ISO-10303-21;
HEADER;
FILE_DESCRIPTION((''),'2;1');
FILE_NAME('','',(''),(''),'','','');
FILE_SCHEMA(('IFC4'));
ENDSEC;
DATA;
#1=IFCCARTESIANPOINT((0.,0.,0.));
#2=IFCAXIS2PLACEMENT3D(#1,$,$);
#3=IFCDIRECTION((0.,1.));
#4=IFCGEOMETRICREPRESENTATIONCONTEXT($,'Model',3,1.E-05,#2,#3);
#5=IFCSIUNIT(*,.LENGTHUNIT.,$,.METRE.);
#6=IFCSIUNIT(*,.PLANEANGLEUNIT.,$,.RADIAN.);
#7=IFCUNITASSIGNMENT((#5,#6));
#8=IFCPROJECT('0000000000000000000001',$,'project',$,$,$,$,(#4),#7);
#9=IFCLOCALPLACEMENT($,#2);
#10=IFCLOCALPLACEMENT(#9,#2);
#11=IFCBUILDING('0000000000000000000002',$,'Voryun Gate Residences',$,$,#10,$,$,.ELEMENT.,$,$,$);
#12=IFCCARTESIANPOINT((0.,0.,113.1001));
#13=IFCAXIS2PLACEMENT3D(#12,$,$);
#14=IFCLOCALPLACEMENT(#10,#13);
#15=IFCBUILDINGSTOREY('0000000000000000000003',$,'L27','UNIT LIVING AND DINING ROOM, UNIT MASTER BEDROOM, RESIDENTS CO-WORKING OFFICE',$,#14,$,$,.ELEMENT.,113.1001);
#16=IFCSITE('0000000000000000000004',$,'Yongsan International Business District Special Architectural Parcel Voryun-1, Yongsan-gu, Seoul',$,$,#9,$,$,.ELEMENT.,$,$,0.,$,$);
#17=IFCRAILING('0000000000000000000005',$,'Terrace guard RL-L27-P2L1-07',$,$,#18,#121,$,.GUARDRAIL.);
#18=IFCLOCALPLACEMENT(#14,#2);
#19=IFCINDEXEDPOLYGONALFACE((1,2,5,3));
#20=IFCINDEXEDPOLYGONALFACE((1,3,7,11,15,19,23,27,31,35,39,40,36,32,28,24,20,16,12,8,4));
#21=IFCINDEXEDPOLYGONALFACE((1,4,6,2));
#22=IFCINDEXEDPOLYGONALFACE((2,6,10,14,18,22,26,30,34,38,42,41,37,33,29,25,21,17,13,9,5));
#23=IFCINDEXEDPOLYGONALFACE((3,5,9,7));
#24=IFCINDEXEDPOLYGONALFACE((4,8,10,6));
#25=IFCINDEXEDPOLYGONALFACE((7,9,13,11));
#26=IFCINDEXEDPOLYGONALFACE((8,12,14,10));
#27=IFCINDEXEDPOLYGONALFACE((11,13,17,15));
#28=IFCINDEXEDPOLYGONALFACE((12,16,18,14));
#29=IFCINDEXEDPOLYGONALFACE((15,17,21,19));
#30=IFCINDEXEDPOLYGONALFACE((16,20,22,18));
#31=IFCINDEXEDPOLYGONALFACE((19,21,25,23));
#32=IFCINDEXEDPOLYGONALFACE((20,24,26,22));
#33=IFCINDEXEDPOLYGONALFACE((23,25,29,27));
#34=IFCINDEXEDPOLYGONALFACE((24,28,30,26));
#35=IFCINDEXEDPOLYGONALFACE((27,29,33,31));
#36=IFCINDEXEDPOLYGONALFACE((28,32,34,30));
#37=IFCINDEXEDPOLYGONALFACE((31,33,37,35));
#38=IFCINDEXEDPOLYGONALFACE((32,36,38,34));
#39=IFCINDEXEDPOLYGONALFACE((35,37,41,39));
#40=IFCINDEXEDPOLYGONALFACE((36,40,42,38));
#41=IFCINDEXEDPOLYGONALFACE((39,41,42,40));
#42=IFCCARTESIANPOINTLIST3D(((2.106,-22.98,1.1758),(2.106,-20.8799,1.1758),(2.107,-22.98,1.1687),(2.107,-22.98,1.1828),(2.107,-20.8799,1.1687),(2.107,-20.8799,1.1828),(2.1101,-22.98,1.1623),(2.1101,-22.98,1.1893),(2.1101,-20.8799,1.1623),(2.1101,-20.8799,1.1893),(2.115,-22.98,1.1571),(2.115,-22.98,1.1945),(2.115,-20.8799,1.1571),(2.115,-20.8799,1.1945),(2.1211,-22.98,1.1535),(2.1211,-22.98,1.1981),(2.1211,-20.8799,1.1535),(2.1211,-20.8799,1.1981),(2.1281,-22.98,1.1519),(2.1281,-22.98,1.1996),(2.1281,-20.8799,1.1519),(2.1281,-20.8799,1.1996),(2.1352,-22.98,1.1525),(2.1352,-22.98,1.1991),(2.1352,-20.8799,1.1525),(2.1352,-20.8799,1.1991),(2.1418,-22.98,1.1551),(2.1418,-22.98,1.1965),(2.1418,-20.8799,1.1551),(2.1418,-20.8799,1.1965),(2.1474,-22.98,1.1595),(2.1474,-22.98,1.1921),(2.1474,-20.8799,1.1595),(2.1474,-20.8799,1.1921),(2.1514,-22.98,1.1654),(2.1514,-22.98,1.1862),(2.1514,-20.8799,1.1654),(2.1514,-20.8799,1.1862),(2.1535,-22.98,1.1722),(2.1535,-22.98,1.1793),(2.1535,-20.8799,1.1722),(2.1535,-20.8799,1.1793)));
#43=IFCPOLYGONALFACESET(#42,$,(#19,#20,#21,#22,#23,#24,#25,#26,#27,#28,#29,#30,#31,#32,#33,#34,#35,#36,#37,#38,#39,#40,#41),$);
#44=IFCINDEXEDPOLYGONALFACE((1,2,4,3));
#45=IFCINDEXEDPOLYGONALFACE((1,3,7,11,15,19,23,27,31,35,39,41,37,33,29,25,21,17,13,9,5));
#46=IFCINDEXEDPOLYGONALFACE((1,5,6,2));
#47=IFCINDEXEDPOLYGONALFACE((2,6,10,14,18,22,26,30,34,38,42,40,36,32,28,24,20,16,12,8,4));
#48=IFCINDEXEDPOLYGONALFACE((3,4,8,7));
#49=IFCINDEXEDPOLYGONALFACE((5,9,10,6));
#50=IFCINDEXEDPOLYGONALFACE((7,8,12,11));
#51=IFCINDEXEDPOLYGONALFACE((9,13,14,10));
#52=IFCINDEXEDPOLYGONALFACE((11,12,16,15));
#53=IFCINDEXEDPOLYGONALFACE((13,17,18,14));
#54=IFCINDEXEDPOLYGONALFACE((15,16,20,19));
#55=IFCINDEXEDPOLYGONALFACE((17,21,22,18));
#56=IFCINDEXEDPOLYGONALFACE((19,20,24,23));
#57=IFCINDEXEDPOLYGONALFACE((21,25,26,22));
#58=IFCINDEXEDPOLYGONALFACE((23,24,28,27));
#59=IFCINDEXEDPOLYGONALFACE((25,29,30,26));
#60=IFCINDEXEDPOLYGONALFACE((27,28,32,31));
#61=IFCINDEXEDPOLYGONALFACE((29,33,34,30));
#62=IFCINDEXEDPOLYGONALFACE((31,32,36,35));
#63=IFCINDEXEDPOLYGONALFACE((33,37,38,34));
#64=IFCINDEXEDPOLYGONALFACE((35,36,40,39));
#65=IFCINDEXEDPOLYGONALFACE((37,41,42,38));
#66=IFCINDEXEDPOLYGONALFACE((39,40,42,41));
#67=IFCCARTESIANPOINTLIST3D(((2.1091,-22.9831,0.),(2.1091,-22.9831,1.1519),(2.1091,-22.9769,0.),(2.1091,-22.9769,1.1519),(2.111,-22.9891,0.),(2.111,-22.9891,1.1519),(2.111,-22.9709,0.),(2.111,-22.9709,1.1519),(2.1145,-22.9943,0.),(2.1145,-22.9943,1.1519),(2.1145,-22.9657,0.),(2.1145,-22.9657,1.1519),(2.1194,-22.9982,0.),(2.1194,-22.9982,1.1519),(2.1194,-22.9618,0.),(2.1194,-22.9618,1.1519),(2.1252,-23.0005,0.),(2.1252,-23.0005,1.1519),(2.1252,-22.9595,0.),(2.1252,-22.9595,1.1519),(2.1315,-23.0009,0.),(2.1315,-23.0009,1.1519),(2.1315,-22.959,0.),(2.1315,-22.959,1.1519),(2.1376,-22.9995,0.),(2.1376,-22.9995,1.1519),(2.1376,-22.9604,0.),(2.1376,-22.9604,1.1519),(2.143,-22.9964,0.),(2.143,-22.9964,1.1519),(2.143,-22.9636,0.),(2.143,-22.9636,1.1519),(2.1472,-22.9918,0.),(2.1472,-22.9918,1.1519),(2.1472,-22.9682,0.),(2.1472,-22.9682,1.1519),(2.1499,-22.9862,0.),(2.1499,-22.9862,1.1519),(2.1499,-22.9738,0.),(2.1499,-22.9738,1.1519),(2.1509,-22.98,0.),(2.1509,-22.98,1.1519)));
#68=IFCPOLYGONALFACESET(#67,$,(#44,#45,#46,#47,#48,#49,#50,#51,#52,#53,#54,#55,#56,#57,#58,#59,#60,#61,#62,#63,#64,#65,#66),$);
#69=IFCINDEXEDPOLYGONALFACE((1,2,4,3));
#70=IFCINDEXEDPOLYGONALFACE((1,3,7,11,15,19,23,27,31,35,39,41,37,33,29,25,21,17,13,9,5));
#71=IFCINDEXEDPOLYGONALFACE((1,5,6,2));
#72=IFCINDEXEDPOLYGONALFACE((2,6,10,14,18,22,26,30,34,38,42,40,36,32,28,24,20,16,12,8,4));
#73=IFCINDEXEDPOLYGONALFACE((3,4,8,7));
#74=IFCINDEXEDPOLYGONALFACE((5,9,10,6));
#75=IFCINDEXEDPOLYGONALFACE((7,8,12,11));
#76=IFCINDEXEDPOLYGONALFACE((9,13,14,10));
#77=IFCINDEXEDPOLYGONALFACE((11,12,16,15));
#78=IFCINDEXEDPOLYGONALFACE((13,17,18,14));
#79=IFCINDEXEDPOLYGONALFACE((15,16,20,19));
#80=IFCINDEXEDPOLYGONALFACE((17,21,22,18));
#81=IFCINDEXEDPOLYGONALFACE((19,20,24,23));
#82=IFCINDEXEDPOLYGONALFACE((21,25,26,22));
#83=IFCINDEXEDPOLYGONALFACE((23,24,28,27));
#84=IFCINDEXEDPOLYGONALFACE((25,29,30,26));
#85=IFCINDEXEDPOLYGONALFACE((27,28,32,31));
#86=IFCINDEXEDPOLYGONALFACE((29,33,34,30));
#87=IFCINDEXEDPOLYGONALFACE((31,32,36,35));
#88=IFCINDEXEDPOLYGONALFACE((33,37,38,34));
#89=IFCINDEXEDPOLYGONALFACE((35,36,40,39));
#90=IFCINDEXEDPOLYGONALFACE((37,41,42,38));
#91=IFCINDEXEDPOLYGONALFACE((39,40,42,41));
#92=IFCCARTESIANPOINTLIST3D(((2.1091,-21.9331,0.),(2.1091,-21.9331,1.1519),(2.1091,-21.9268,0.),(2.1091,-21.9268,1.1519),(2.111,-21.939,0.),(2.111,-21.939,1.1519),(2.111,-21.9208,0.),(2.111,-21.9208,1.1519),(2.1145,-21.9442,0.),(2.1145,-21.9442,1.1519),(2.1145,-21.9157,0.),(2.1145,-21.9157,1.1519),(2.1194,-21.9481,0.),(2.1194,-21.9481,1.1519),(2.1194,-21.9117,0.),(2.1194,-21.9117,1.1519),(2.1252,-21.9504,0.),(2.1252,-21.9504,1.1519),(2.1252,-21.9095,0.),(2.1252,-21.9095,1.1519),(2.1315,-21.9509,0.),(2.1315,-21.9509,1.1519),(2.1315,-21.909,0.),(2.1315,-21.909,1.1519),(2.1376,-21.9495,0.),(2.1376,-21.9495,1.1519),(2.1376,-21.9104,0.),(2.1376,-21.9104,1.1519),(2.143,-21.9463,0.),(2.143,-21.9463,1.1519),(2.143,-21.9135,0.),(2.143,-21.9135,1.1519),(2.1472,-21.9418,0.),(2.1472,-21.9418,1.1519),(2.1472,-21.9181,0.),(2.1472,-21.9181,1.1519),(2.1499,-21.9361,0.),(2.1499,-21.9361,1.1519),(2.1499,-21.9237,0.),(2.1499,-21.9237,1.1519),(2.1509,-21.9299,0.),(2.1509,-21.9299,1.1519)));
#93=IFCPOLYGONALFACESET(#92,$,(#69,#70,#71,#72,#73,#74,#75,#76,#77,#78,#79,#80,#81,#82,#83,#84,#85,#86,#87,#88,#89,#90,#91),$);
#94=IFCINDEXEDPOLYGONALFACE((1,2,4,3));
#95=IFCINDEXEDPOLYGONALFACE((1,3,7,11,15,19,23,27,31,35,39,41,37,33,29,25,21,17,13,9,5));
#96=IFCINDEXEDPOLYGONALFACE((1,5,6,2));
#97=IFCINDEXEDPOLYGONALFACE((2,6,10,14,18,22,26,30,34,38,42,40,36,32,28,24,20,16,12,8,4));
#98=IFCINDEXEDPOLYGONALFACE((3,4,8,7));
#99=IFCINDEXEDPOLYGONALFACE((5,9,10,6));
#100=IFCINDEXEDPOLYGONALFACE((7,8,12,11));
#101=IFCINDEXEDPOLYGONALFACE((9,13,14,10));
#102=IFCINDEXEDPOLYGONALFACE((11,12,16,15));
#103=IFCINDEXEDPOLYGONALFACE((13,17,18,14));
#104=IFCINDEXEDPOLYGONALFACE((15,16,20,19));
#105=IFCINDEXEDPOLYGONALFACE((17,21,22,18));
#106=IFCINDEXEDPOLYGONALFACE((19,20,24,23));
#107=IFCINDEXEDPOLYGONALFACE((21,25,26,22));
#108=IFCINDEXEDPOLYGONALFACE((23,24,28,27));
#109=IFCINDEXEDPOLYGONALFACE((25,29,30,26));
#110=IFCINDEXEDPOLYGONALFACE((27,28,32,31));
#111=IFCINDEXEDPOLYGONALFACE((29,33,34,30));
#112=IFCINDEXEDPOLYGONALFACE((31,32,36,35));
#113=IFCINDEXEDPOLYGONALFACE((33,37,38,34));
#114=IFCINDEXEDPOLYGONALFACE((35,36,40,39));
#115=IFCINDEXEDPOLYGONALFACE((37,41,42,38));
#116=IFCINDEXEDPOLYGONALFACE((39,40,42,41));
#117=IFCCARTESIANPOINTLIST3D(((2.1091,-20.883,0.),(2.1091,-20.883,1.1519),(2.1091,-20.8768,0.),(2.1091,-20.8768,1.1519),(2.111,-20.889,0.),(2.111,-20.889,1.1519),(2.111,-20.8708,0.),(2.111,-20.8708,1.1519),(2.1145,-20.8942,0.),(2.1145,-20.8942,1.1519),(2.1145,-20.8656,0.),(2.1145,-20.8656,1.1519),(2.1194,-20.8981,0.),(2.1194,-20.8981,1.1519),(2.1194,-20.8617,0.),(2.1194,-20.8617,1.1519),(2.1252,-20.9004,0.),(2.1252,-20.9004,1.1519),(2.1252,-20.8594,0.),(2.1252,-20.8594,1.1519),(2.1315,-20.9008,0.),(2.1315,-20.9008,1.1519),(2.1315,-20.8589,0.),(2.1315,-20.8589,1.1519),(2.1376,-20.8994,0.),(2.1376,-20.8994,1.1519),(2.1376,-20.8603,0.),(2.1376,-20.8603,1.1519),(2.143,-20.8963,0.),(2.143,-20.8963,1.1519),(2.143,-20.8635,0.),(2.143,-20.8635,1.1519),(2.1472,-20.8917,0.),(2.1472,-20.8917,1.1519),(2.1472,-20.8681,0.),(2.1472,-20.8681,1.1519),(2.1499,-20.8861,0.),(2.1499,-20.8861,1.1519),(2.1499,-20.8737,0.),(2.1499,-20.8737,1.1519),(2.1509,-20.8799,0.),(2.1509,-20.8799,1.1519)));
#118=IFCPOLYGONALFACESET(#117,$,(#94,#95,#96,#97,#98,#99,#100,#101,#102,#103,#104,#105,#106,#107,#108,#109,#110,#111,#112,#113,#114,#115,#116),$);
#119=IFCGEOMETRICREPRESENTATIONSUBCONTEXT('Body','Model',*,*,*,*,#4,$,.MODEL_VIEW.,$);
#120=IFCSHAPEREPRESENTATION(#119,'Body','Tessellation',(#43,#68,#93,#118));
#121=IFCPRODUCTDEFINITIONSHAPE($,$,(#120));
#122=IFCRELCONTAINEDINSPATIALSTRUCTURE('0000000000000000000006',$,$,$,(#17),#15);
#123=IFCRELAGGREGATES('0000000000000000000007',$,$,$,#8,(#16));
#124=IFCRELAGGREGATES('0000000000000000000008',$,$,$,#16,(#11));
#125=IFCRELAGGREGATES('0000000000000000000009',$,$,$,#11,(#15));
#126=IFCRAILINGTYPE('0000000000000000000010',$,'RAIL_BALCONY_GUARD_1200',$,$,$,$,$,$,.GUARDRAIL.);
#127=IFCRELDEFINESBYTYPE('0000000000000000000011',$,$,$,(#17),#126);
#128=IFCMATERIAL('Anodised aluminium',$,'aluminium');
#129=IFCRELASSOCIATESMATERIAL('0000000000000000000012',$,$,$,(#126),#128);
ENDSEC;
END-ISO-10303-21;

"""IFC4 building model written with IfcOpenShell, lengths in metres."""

from ifc_helpers import new_model, si_unit, direction, frame, origin, origin_2d, place, context, subcontext, project, spatial, circle, extrude, material, type_object, element, save


model = new_model("IFC4")

# Units and contexts
model_context = context("Model", 3, precision=1e-05, world=origin(), true_north=direction((0.0, 1.0)))
body_context = subcontext(model_context, "Body", "Model", "MODEL_VIEW")
ifc_project = project(units=[si_unit("LENGTHUNIT", "METRE"), si_unit("PLANEANGLEUNIT", "RADIAN")], contexts=[model_context])

# Site, building, storey
site_placement = place(None, origin())
site = spatial("IfcSite", under=ifc_project, at=site_placement, Name="Yongsan International Business District Special Architectural Parcel Voryun-1, Yongsan-gu, Seoul", CompositionType="ELEMENT", RefElevation=0.0)
building_placement = place(site_placement, origin())
building = spatial("IfcBuilding", under=site, at=building_placement, Name="Voryun Gate Residences", CompositionType="ELEMENT")
storey_placement = place(building_placement, frame((0.0, 0.0, 113.1001)))
storey = spatial("IfcBuildingStorey", under=building, at=storey_placement, Name="L27", Description="UNIT LIVING AND DINING ROOM, UNIT MASTER BEDROOM, RESIDENTS CO-WORKING OFFICE", CompositionType="ELEMENT", Elevation=113.1001)

# Railing
ifc_material_1 = material(Name="Anodised aluminium", Category="aluminium")
railing_type = type_object("IfcRailingType", Name="RAIL_BALCONY_GUARD_1200", PredefinedType="GUARDRAIL", material=ifc_material_1)
railing_1_placement = place(storey_placement, frame((2.1299, -22.98, 0.0)))
element("IfcRailing", 1, at=railing_1_placement, inside=storey, type_object=railing_type, Name="Terrace guard RL-L27-P2L1-07", PredefinedType="GUARDRAIL", context=body_context, shape_type="SweptSolid", body=[
    extrude(circle(Radius=0.0239, at=origin_2d()), frame((0.0, 0.0, 1.1758), z_axis=(0.0, 1.0, 0.0), x_axis=(-1.0, 0.0, 0.0)), (0.0, 0.0, 1.0), 2.1001),
    extrude(circle(Radius=0.021, at=origin_2d()), origin(), (0.0, 0.0, 1.0), 1.1519),
    extrude(circle(Radius=0.021, at=origin_2d()), frame((0.0, 1.05, 0.0)), (0.0, 0.0, 1.0), 1.1519),
    extrude(circle(Radius=0.021, at=origin_2d()), frame((0.0, 2.1001, 0.0)), (0.0, 0.0, 1.0), 1.1519),
])

save(model, "model.ifc")
